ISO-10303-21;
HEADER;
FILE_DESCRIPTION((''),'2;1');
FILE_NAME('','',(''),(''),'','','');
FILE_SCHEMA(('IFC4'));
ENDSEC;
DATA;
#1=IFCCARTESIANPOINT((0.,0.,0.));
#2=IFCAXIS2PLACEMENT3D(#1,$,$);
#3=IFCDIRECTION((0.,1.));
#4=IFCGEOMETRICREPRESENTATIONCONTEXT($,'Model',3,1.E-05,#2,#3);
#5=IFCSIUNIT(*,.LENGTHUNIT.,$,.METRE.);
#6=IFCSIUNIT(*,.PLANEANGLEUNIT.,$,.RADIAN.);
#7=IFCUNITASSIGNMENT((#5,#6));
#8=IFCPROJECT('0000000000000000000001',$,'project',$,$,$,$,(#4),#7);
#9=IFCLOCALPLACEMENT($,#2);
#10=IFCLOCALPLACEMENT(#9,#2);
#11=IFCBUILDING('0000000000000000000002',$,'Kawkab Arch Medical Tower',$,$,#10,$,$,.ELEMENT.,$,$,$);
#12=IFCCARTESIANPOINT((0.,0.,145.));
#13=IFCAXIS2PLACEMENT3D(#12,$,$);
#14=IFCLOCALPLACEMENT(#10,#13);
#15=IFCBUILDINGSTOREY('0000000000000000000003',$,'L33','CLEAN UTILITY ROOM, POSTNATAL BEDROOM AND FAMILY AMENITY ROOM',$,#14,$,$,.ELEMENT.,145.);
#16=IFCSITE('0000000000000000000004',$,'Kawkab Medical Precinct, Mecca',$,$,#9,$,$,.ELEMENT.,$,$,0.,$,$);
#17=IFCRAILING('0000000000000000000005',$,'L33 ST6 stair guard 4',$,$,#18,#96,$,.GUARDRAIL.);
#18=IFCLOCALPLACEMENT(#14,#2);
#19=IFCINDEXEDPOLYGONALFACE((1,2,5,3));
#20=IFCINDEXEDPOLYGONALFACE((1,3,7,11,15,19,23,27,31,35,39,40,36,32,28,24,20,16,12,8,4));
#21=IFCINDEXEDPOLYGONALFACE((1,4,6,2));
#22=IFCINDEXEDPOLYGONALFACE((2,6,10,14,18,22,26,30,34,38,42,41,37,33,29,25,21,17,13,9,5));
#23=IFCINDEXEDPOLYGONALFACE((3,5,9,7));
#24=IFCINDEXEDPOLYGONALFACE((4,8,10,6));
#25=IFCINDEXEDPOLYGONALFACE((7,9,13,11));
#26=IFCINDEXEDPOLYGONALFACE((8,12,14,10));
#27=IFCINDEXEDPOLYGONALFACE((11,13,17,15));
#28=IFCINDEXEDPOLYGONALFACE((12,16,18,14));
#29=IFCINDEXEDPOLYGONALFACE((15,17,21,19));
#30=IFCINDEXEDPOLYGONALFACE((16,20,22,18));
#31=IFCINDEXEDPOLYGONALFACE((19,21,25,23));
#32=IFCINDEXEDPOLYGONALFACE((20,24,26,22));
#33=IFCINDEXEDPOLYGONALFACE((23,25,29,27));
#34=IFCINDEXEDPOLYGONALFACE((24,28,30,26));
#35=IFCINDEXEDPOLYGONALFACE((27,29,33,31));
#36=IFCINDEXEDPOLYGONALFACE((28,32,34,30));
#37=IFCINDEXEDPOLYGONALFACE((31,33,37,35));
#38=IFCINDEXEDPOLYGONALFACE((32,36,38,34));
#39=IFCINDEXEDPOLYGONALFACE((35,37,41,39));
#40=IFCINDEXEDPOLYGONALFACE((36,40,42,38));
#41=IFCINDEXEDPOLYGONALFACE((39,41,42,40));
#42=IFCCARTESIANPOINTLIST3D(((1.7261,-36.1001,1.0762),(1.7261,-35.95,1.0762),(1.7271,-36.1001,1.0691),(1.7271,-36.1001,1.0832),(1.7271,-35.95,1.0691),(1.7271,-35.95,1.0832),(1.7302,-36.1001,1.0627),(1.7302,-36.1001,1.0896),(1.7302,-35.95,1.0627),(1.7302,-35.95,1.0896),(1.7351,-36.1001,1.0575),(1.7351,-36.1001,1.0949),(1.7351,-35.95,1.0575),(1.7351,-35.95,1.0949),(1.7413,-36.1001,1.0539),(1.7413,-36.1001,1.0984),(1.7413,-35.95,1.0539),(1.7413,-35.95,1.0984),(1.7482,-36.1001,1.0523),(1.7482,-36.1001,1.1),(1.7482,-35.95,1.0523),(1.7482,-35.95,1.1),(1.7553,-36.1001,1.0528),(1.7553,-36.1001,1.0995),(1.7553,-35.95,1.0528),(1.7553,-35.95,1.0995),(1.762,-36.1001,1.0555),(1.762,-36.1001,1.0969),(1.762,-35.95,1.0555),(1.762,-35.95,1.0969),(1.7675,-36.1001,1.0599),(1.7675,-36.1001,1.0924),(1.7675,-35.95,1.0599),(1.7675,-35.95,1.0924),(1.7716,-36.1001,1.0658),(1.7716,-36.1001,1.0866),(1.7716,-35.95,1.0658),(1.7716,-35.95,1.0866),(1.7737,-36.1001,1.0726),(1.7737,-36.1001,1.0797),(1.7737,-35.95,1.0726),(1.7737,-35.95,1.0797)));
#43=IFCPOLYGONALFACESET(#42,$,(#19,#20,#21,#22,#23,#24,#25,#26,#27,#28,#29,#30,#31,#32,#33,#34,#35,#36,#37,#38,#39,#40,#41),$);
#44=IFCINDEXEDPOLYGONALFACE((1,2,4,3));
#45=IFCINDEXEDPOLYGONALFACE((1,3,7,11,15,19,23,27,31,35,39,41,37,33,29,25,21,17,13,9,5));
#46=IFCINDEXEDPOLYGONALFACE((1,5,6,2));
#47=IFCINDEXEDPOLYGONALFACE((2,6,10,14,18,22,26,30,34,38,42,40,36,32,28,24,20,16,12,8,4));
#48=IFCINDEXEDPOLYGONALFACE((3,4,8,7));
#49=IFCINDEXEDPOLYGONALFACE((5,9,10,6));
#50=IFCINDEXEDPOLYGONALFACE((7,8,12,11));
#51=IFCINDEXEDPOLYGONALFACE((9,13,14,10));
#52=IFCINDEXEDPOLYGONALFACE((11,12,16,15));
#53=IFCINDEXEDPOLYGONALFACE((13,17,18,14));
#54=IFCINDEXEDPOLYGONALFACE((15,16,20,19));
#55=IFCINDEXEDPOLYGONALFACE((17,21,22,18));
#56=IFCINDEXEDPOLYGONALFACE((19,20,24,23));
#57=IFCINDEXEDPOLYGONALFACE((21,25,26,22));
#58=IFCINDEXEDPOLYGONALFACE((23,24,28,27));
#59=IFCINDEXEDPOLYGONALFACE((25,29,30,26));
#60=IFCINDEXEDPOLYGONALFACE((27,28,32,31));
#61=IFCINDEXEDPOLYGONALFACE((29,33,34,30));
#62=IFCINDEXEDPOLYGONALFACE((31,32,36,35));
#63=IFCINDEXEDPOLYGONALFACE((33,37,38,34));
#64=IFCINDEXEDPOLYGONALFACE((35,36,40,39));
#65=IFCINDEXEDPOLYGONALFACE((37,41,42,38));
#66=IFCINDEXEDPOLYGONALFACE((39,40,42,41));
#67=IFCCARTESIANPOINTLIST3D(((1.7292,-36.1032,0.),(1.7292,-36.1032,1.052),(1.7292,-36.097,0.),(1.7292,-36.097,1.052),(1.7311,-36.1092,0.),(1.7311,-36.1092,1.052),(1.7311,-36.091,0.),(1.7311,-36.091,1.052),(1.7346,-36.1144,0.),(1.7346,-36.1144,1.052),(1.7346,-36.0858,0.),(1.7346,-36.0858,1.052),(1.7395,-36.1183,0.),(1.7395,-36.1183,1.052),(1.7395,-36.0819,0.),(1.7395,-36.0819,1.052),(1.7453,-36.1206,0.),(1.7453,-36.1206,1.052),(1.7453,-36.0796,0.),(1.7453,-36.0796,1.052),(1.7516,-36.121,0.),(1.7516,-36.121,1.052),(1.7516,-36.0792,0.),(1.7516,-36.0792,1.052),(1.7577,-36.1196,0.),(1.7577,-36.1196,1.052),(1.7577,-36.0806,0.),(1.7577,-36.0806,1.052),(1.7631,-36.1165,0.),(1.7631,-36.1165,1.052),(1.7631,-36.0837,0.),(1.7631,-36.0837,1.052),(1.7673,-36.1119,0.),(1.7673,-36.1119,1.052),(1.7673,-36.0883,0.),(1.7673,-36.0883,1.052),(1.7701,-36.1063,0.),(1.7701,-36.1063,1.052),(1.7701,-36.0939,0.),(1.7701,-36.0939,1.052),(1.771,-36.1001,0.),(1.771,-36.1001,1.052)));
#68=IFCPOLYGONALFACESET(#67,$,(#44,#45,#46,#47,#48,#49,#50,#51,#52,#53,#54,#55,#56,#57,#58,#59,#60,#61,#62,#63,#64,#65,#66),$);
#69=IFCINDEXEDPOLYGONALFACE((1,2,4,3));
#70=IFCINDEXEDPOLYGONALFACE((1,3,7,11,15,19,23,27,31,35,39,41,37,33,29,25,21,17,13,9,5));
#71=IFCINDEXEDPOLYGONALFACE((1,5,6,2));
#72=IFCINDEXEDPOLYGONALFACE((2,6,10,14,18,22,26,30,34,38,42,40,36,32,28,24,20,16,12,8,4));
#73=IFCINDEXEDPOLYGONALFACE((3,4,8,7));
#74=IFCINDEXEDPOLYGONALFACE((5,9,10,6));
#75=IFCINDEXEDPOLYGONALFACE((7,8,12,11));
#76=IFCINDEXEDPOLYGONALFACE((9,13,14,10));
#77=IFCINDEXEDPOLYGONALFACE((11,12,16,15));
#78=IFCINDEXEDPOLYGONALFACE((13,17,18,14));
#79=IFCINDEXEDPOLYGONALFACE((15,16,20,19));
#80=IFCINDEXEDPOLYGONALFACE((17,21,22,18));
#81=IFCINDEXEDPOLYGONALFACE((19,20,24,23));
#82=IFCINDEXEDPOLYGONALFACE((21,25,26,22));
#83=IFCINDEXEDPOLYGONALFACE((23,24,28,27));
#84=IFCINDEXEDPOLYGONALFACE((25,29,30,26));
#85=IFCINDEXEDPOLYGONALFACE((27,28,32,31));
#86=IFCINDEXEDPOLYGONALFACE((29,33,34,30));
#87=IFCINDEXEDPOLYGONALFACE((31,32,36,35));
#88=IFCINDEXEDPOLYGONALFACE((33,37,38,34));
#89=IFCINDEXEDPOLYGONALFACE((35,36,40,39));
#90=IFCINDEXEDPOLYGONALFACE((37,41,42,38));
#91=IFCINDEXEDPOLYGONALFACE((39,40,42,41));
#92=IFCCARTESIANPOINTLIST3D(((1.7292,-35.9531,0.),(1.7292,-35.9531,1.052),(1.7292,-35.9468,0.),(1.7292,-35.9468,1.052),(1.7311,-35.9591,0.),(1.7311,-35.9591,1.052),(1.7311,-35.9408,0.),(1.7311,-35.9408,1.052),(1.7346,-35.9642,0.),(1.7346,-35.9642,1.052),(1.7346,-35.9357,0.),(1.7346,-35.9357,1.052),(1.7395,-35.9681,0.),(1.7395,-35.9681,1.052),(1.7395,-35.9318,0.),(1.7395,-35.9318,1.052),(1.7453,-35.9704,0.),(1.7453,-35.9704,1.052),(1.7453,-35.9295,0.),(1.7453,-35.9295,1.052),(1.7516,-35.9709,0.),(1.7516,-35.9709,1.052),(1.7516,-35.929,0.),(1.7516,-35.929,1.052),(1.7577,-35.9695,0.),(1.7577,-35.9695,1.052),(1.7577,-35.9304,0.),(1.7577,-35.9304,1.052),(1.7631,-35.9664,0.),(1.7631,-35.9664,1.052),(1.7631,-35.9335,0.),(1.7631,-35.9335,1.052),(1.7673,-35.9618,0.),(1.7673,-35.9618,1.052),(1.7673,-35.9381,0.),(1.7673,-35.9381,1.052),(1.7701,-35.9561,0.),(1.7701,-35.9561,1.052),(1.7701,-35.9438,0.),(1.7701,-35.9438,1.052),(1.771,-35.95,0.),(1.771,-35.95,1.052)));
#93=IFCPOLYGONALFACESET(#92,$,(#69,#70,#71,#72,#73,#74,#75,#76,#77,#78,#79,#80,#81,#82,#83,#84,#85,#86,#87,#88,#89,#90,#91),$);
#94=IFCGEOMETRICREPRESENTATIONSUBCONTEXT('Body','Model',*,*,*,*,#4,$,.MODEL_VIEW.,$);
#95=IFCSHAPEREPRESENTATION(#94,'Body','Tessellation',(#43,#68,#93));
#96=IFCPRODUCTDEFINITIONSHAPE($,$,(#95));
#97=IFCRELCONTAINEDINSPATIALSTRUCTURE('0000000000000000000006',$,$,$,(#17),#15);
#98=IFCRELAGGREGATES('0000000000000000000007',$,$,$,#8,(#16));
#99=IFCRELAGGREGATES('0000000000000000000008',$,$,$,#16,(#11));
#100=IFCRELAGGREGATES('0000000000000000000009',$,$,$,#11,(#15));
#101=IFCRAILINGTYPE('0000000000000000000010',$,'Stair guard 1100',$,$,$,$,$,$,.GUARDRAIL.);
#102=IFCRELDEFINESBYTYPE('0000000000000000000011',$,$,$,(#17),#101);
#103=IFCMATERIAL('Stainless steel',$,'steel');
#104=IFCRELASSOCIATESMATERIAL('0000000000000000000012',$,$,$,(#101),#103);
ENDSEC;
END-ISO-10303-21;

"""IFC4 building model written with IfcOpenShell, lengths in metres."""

from ifc_helpers import new_model, si_unit, direction, frame, origin, origin_2d, place, context, subcontext, project, spatial, circle, extrude, material, type_object, element, save


model = new_model("IFC4")

# Units and contexts
model_context = context("Model", 3, precision=1e-05, world=origin(), true_north=direction((0.0, 1.0)))
body_context = subcontext(model_context, "Body", "Model", "MODEL_VIEW")
ifc_project = project(units=[si_unit("LENGTHUNIT", "METRE"), si_unit("PLANEANGLEUNIT", "RADIAN")], contexts=[model_context])

# Site, building, storey
site_placement = place(None, origin())
site = spatial("IfcSite", under=ifc_project, at=site_placement, Name="Kawkab Medical Precinct, Mecca", CompositionType="ELEMENT", RefElevation=0.0)
building_placement = place(site_placement, origin())
building = spatial("IfcBuilding", under=site, at=building_placement, Name="Kawkab Arch Medical Tower", CompositionType="ELEMENT")
storey_placement = place(building_placement, frame((0.0, 0.0, 145.0)))
storey = spatial("IfcBuildingStorey", under=building, at=storey_placement, Name="L33", Description="CLEAN UTILITY ROOM, POSTNATAL BEDROOM AND FAMILY AMENITY ROOM", CompositionType="ELEMENT", Elevation=145.0)

# Railing
ifc_material_1 = material(Name="Stainless steel", Category="steel")
railing_type = type_object("IfcRailingType", Name="Stair guard 1100", PredefinedType="GUARDRAIL", material=ifc_material_1)
railing_1_placement = place(storey_placement, frame((1.75, -36.1001, 0.0)))
element("IfcRailing", 1, at=railing_1_placement, inside=storey, type_object=railing_type, Name="L33 ST6 stair guard 4", PredefinedType="GUARDRAIL", context=body_context, shape_type="SweptSolid", body=[
    extrude(circle(Radius=0.0239, at=origin_2d()), frame((0.0, 0.0, 1.0762), z_axis=(0.0, 1.0, 0.0), x_axis=(-1.0, 0.0, 0.0)), (0.0, 0.0, 1.0), 0.1501),
    extrude(circle(Radius=0.021, at=origin_2d()), origin(), (0.0, 0.0, 1.0), 1.052),
    extrude(circle(Radius=0.021, at=origin_2d()), frame((0.0, 0.1501, 0.0)), (0.0, 0.0, 1.0), 1.052),
])

save(model, "model.ifc")
